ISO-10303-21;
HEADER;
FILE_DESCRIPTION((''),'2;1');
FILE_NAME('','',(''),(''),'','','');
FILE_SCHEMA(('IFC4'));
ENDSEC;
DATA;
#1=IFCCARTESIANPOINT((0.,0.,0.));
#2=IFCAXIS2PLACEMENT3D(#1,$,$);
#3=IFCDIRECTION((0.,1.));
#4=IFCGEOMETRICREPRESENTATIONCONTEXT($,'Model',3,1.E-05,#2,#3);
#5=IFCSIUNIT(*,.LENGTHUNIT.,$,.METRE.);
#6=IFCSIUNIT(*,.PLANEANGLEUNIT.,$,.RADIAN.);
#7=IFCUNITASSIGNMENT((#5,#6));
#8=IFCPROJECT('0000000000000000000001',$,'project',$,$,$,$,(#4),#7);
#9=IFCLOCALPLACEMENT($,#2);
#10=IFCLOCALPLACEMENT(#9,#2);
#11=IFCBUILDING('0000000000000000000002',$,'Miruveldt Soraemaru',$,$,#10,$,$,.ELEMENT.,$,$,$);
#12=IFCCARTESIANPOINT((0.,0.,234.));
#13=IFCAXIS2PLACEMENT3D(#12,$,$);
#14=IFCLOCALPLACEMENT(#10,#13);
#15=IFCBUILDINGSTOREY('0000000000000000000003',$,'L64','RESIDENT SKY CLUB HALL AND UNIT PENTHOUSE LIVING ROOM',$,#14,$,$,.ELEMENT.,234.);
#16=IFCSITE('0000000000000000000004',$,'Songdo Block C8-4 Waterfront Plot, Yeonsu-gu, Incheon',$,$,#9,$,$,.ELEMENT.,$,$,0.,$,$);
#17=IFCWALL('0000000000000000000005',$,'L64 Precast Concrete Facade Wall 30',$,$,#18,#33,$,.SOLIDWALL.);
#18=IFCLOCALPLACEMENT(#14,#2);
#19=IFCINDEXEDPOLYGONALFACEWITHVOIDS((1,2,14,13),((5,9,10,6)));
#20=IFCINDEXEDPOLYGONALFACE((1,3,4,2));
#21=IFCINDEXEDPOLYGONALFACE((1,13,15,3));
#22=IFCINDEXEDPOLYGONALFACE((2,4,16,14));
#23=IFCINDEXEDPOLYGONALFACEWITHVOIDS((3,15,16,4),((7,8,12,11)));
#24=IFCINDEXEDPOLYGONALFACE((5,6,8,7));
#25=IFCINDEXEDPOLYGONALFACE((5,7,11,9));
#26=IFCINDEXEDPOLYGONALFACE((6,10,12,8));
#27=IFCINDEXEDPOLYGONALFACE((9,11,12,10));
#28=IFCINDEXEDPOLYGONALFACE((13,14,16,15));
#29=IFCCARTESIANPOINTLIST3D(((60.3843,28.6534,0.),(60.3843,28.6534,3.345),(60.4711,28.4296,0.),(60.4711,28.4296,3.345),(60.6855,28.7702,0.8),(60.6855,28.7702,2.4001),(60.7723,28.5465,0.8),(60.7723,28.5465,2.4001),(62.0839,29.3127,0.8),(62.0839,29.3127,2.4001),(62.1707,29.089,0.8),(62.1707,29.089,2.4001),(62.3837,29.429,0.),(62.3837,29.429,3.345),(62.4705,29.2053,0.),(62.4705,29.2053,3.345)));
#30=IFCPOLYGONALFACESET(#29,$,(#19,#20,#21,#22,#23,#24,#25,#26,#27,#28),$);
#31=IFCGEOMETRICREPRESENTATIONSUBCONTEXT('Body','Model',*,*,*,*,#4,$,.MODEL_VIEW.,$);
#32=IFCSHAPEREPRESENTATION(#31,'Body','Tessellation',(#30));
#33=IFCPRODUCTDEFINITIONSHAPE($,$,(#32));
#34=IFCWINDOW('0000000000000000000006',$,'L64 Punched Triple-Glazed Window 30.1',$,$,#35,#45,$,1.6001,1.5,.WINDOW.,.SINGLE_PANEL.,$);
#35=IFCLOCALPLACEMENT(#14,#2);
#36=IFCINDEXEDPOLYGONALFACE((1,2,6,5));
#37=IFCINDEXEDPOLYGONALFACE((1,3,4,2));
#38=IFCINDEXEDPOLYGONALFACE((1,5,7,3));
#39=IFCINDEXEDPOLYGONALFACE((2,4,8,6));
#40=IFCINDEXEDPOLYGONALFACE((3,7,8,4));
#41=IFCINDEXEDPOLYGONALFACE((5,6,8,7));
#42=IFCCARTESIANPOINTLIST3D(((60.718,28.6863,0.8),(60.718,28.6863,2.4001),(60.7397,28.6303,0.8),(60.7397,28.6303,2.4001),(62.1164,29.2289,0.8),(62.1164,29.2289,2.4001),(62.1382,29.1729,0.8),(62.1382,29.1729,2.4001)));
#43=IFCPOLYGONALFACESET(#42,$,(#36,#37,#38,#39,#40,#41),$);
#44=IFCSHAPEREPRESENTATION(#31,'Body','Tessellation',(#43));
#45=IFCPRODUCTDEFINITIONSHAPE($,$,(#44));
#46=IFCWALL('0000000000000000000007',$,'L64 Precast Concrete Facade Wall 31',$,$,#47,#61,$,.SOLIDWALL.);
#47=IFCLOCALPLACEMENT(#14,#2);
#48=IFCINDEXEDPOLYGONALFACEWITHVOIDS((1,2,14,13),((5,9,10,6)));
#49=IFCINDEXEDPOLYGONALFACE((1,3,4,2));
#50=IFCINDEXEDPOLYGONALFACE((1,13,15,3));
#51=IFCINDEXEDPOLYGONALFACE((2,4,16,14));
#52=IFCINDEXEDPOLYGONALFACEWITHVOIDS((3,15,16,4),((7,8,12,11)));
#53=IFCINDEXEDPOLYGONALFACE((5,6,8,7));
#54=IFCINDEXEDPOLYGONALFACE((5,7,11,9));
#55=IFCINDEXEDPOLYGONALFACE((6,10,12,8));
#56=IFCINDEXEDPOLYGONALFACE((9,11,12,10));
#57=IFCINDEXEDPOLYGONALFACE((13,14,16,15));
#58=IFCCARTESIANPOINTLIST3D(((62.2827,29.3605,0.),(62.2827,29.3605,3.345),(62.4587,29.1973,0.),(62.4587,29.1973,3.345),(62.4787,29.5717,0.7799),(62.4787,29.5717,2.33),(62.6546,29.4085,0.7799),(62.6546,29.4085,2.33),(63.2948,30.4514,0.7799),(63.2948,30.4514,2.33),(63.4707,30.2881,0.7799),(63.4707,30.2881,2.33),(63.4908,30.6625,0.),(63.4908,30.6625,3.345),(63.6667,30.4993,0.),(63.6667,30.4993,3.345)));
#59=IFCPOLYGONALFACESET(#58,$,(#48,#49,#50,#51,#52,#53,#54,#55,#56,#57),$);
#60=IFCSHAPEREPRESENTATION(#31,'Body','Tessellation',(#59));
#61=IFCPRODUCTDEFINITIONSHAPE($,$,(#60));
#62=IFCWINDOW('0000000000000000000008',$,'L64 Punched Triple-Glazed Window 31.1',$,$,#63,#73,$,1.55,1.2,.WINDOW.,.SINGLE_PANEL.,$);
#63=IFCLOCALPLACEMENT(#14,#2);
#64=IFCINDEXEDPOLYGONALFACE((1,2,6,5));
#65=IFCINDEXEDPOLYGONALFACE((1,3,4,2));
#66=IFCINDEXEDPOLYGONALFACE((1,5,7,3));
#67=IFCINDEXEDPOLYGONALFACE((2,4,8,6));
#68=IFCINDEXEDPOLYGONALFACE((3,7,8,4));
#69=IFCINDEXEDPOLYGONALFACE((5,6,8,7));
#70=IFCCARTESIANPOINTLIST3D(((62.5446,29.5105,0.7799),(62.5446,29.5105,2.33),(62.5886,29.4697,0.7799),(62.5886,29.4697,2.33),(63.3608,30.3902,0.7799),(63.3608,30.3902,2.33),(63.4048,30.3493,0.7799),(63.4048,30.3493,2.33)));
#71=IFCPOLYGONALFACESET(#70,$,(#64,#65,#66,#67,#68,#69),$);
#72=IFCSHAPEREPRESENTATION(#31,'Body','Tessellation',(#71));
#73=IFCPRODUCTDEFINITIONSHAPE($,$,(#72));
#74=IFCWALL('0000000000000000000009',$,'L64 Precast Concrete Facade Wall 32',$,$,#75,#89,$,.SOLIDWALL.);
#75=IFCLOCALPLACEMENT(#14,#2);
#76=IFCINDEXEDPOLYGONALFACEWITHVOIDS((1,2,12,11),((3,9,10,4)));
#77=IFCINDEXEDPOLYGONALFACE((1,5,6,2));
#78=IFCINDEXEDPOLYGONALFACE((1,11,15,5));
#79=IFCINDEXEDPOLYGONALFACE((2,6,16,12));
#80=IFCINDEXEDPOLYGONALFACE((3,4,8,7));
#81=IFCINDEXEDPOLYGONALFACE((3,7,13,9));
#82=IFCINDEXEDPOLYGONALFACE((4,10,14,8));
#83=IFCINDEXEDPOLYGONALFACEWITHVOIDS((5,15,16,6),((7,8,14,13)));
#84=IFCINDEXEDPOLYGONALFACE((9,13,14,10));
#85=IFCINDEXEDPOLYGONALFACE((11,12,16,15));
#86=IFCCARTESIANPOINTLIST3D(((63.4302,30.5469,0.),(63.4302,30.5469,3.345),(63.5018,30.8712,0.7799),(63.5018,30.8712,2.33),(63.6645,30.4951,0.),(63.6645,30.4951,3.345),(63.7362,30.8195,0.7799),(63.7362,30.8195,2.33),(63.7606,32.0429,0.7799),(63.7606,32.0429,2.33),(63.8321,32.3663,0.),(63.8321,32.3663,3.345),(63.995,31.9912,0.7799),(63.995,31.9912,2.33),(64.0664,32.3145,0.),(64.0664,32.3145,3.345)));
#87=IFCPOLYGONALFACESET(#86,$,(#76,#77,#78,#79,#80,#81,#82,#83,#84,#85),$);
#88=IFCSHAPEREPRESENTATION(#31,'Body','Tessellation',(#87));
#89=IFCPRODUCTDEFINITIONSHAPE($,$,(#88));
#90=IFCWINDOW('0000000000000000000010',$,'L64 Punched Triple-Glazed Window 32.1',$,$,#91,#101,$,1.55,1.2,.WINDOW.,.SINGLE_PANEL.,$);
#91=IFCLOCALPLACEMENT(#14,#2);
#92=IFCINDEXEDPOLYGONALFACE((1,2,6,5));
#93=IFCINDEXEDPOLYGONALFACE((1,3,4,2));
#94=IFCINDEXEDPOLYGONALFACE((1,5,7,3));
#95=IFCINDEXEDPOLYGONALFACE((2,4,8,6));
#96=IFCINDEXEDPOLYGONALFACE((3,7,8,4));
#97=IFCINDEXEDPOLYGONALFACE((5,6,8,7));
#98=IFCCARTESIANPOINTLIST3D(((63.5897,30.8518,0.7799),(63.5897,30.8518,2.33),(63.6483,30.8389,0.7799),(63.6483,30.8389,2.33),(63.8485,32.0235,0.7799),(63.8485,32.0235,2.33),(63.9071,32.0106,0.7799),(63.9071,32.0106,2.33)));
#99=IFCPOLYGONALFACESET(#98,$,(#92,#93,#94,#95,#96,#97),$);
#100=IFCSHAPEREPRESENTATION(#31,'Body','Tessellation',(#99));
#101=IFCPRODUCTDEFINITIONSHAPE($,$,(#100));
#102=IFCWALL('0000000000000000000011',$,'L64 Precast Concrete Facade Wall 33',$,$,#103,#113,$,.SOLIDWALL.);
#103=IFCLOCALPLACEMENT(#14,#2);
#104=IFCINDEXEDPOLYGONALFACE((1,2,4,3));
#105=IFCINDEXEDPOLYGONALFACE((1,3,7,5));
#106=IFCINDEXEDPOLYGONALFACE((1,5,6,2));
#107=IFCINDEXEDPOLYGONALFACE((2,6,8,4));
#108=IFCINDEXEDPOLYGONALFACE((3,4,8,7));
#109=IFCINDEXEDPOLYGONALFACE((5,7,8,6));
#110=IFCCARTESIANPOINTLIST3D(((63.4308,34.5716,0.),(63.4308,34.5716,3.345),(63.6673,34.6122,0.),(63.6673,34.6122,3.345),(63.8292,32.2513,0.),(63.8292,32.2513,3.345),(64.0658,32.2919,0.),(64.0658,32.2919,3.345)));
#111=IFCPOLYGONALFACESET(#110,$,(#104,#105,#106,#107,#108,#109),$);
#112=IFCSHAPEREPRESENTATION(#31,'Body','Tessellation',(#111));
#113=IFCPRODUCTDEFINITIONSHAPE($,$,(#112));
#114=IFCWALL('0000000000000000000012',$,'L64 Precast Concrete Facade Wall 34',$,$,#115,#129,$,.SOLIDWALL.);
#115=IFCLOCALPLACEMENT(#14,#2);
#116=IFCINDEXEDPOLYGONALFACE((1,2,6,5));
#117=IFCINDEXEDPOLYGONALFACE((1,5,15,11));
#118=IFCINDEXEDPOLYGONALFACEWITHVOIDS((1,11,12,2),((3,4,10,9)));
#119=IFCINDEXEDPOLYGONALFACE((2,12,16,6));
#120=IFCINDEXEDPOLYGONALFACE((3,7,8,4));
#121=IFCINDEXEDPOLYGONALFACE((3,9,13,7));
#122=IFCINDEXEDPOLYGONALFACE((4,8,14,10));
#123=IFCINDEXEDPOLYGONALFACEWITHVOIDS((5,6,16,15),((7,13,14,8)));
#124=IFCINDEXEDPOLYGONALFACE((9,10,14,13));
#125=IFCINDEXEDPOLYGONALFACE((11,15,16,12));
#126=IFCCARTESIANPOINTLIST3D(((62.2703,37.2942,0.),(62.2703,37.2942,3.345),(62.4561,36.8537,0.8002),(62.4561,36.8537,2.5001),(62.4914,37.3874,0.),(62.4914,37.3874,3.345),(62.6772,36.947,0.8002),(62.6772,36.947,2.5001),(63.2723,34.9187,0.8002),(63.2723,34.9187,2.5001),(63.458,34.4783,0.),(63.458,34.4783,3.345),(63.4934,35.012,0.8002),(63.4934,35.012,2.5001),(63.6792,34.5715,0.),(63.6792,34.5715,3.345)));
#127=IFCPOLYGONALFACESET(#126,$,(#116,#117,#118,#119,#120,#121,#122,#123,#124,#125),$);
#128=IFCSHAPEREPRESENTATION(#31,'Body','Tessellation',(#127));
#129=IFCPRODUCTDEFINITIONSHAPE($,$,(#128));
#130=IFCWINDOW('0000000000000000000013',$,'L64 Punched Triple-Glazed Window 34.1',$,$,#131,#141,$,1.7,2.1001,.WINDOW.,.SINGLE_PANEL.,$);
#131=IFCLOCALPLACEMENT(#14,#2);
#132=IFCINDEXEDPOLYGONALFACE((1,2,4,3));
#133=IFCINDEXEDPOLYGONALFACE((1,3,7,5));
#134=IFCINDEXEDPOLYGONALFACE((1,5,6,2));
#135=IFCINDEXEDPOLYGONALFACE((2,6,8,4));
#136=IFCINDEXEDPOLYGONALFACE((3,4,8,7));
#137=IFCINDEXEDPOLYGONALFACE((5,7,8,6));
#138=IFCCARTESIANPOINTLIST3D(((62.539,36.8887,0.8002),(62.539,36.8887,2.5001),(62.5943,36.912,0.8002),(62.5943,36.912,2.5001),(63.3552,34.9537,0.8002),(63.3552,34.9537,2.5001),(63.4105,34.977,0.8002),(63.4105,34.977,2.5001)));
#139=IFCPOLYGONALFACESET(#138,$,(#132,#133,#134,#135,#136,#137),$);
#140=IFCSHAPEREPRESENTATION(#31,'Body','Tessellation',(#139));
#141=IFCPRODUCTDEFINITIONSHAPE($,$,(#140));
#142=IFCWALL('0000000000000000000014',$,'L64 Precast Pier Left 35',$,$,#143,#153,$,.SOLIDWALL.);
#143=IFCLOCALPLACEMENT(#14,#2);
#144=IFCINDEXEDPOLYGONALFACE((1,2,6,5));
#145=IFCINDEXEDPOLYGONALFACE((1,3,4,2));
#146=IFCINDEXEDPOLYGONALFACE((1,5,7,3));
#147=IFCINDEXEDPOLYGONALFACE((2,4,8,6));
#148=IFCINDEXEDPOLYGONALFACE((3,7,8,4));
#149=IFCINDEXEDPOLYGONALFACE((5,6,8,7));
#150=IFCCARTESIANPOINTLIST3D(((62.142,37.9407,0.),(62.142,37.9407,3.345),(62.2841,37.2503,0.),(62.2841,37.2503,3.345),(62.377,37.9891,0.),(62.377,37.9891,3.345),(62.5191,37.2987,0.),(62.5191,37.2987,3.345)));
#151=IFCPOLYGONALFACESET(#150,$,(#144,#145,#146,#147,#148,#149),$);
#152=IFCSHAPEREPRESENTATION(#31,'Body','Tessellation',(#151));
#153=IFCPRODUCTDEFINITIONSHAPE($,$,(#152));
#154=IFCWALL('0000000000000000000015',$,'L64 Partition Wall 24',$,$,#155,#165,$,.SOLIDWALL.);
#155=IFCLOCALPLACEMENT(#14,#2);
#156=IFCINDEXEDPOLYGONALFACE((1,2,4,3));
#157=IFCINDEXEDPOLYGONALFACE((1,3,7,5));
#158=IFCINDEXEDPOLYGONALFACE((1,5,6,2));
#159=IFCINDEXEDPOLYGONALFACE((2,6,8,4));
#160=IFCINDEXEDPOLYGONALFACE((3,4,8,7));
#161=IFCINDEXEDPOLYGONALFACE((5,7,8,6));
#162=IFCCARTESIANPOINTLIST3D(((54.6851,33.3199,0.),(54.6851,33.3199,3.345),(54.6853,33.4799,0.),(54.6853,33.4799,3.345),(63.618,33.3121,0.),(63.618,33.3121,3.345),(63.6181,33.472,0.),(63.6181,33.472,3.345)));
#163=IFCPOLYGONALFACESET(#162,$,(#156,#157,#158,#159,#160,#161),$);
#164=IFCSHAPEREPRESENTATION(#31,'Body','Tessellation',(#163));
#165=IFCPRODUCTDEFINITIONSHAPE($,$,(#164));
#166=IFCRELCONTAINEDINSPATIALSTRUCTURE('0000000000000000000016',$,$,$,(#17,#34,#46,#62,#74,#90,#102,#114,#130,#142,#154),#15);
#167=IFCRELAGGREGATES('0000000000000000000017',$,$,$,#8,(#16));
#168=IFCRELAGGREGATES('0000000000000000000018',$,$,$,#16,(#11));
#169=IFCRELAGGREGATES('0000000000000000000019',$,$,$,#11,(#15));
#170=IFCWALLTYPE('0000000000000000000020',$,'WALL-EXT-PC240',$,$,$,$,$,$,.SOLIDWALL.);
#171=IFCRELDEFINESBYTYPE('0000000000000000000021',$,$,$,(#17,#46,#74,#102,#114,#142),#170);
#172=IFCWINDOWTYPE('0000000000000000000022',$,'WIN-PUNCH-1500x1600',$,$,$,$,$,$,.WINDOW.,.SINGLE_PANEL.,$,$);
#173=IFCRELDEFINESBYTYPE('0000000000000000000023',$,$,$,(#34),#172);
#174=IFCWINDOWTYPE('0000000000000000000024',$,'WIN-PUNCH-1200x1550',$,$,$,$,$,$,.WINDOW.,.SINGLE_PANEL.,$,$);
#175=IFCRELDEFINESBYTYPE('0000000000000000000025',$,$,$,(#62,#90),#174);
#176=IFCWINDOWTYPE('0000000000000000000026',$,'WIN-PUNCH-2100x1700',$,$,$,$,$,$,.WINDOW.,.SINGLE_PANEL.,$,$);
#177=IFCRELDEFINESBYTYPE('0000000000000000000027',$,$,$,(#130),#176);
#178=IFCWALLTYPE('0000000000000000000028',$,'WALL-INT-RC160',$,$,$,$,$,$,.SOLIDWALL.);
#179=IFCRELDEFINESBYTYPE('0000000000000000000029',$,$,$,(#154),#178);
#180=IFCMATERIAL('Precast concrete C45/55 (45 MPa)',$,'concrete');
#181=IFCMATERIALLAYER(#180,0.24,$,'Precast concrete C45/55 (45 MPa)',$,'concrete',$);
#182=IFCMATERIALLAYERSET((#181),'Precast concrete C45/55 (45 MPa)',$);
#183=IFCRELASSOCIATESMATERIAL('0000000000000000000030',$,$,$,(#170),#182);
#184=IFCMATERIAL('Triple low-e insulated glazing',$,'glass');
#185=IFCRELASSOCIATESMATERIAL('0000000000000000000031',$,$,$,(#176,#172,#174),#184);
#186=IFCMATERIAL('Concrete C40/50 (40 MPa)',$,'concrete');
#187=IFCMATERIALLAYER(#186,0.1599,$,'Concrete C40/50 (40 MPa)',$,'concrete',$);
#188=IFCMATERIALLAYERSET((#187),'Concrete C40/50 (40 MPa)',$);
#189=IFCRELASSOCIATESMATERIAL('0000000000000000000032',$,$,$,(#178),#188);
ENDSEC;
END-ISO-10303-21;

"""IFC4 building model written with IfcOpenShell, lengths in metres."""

from ifc_helpers import new_model, si_unit, direction, frame, frame_2d, origin, place, context, subcontext, project, spatial, rectangle, extrude, material, layer, layer_set, type_object, element, fill, save


model = new_model("IFC4")

# Units and contexts
model_context = context("Model", 3, precision=1e-05, world=origin(), true_north=direction((0.0, 1.0)))
body_context = subcontext(model_context, "Body", "Model", "MODEL_VIEW")
ifc_project = project(units=[si_unit("LENGTHUNIT", "METRE"), si_unit("PLANEANGLEUNIT", "RADIAN")], contexts=[model_context])

# Site, building, storey
site_placement = place(None, origin())
site = spatial("IfcSite", under=ifc_project, at=site_placement, Name="Songdo Block C8-4 Waterfront Plot, Yeonsu-gu, Incheon", CompositionType="ELEMENT", RefElevation=0.0)
building_placement = place(site_placement, origin())
building = spatial("IfcBuilding", under=site, at=building_placement, Name="Miruveldt Soraemaru", CompositionType="ELEMENT")
storey_placement = place(building_placement, frame((0.0, 0.0, 234.0)))
storey = spatial("IfcBuildingStorey", under=building, at=storey_placement, Name="L64", Description="RESIDENT SKY CLUB HALL AND UNIT PENTHOUSE LIVING ROOM", CompositionType="ELEMENT", Elevation=234.0)

# Walls, openings, windows
ifc_material_1 = material(Name="Precast concrete C45/55 (45 MPa)", Category="concrete")
ifc_layer_1 = layer(ifc_material_1, 0.24, Name="Precast concrete C45/55 (45 MPa)", Category="concrete")
ifc_layer_set_1 = layer_set([ifc_layer_1], Name="Precast concrete C45/55 (45 MPa)")
wall_type_1 = type_object("IfcWallType", Name="WALL-EXT-PC240", PredefinedType="SOLIDWALL", material=ifc_layer_set_1)
ifc_material_2 = material(Name="Triple low-e insulated glazing", Category="glass")
window_type_1 = type_object("IfcWindowType", Name="WIN-PUNCH-2100x1700", PartitioningType="SINGLE_PANEL", PredefinedType="WINDOW", material=ifc_material_2)
wall_1_placement = place(storey_placement, frame((60.4277, 28.5415, 0.0), z_axis=(0.0, 0.0, 1.0), x_axis=(0.932297, 0.361693, 0.0)))
wall_1 = element("IfcWall", 1, at=wall_1_placement, inside=storey, type_object=wall_type_1, Name="L64 Precast Concrete Facade Wall 30", PredefinedType="SOLIDWALL", context=body_context, shape_type="SweptSolid", body=[
    extrude(rectangle(XDim=2.1445, YDim=0.24, at=frame_2d((1.0723, 0.0))), origin(), (0.0, 0.0, 1.0), 3.345),
])
opening_1_placement = place(wall_1_placement, frame((0.323, 0.0, 0.8)))
opening_1 = element("IfcOpeningElement", 2, at=opening_1_placement, cuts=wall_1, PredefinedType="OPENING", context=body_context, shape_type="SweptSolid", body=[
    extrude(rectangle(XDim=1.5, YDim=1.6001, at=frame_2d((0.75, 0.8))), frame((0.0, 0.1299, 0.0), z_axis=(0.0, -1.0, 0.0), x_axis=(1.0, 0.0, 0.0)), (0.0, 0.0, 1.0), 0.26),
])
window_type_2 = type_object("IfcWindowType", Name="WIN-PUNCH-1500x1600", PartitioningType="SINGLE_PANEL", PredefinedType="WINDOW", material=ifc_material_2)
window_1_placement = place(opening_1_placement, origin())
window_1 = element("IfcWindow", 3, at=window_1_placement, inside=storey, type_object=window_type_2, Name="L64 Punched Triple-Glazed Window 30.1", OverallHeight=1.6001, OverallWidth=1.5, PartitioningType="SINGLE_PANEL", PredefinedType="WINDOW", context=body_context, shape_type="SweptSolid", body=[
    extrude(rectangle(XDim=1.5, YDim=1.6001, at=frame_2d((0.75, 0.8))), frame((0.0, 0.03, 0.0), z_axis=(0.0, -1.0, 0.0), x_axis=(1.0, 0.0, 0.0)), (0.0, 0.0, 1.0), 0.0601),
])
fill(opening_1, window_1)
wall_2_placement = place(storey_placement, frame((62.3706, 29.2788, 0.0), z_axis=(0.0, 0.0, 1.0), x_axis=(0.680151, 0.733072, 0.0)))
wall_2 = element("IfcWall", 4, at=wall_2_placement, inside=storey, type_object=wall_type_1, Name="L64 Precast Concrete Facade Wall 31", PredefinedType="SOLIDWALL", context=body_context, shape_type="SweptSolid", body=[
    extrude(rectangle(XDim=1.7761, YDim=0.24, at=frame_2d((0.8882, 0.0))), origin(), (0.0, 0.0, 1.0), 3.345),
])
opening_2_placement = place(wall_2_placement, frame((0.2881, 0.0, 0.78)))
opening_2 = element("IfcOpeningElement", 5, at=opening_2_placement, cuts=wall_2, PredefinedType="OPENING", context=body_context, shape_type="SweptSolid", body=[
    extrude(rectangle(XDim=1.2, YDim=1.55, at=frame_2d((0.6001, 0.7749))), frame((0.0, 0.1299, 0.0), z_axis=(0.0, -1.0, 0.0), x_axis=(1.0, 0.0, 0.0)), (0.0, 0.0, 1.0), 0.26),
])
window_type_3 = type_object("IfcWindowType", Name="WIN-PUNCH-1200x1550", PartitioningType="SINGLE_PANEL", PredefinedType="WINDOW", material=ifc_material_2)
window_2_placement = place(opening_2_placement, origin())
window_2 = element("IfcWindow", 6, at=window_2_placement, inside=storey, type_object=window_type_3, Name="L64 Punched Triple-Glazed Window 31.1", OverallHeight=1.55, OverallWidth=1.2, PartitioningType="SINGLE_PANEL", PredefinedType="WINDOW", context=body_context, shape_type="SweptSolid", body=[
    extrude(rectangle(XDim=1.2, YDim=1.55, at=frame_2d((0.6001, 0.7749))), frame((0.0, 0.03, 0.0), z_axis=(0.0, -1.0, 0.0), x_axis=(1.0, 0.0, 0.0)), (0.0, 0.0, 1.0), 0.0601),
])
fill(opening_2, window_2)
wall_3_placement = place(storey_placement, frame((63.5474, 30.521, 0.0), z_axis=(0.0, 0.0, 1.0), x_axis=(0.215682, 0.976464, 0.0)))
wall_3 = element("IfcWall", 7, at=wall_3_placement, inside=storey, type_object=wall_type_1, Name="L64 Precast Concrete Facade Wall 32", PredefinedType="SOLIDWALL", context=body_context, shape_type="SweptSolid", body=[
    extrude(rectangle(XDim=1.8633, YDim=0.24, at=frame_2d((0.9316, 0.0))), origin(), (0.0, 0.0, 1.0), 3.345),
])
opening_3_placement = place(wall_3_placement, frame((0.332, 0.0, 0.78)))
opening_3 = element("IfcOpeningElement", 8, at=opening_3_placement, cuts=wall_3, PredefinedType="OPENING", context=body_context, shape_type="SweptSolid", body=[
    extrude(rectangle(XDim=1.2, YDim=1.55, at=frame_2d((0.6001, 0.7749))), frame((0.0, 0.1299, 0.0), z_axis=(0.0, -1.0, 0.0), x_axis=(1.0, 0.0, 0.0)), (0.0, 0.0, 1.0), 0.26),
])
window_3_placement = place(opening_3_placement, origin())
window_3 = element("IfcWindow", 9, at=window_3_placement, inside=storey, type_object=window_type_3, Name="L64 Punched Triple-Glazed Window 32.1", OverallHeight=1.55, OverallWidth=1.2, PartitioningType="SINGLE_PANEL", PredefinedType="WINDOW", context=body_context, shape_type="SweptSolid", body=[
    extrude(rectangle(XDim=1.2, YDim=1.55, at=frame_2d((0.6001, 0.7749))), frame((0.0, 0.03, 0.0), z_axis=(0.0, -1.0, 0.0), x_axis=(1.0, 0.0, 0.0)), (0.0, 0.0, 1.0), 0.0601),
])
fill(opening_3, window_3)

# Wall
wall_4_placement = place(storey_placement, frame((63.9475, 32.2715, 0.0), z_axis=(0.0, 0.0, 1.0), x_axis=(-0.16924, 0.985575, 0.0)))
element("IfcWall", 10, at=wall_4_placement, inside=storey, type_object=wall_type_1, Name="L64 Precast Concrete Facade Wall 33", PredefinedType="SOLIDWALL", context=body_context, shape_type="SweptSolid", body=[
    extrude(rectangle(XDim=2.3542, YDim=0.24, at=frame_2d((1.1772, 0.0))), origin(), (0.0, 0.0, 1.0), 3.345),
])

# Wall, opening, window
wall_5_placement = place(storey_placement, frame((63.5686, 34.5249, 0.0), z_axis=(0.0, 0.0, 1.0), x_axis=(-0.388639, 0.92139, 0.0)))
wall_5 = element("IfcWall", 11, at=wall_5_placement, inside=storey, type_object=wall_type_1, Name="L64 Precast Concrete Facade Wall 34", PredefinedType="SOLIDWALL", context=body_context, shape_type="SweptSolid", body=[
    extrude(rectangle(XDim=3.0562, YDim=0.24, at=frame_2d((1.5281, 0.0))), origin(), (0.0, 0.0, 1.0), 3.345),
])
opening_4_placement = place(wall_5_placement, frame((0.478, 0.0, 0.8)))
opening_4 = element("IfcOpeningElement", 12, at=opening_4_placement, cuts=wall_5, PredefinedType="OPENING", context=body_context, shape_type="SweptSolid", body=[
    extrude(rectangle(XDim=2.1001, YDim=1.7, at=frame_2d((1.05, 0.8501))), frame((0.0, 0.1299, 0.0), z_axis=(0.0, -1.0, 0.0), x_axis=(1.0, 0.0, 0.0)), (0.0, 0.0, 1.0), 0.26),
])
window_4_placement = place(opening_4_placement, origin())
window_4 = element("IfcWindow", 13, at=window_4_placement, inside=storey, type_object=window_type_1, Name="L64 Punched Triple-Glazed Window 34.1", OverallHeight=1.7, OverallWidth=2.1001, PartitioningType="SINGLE_PANEL", PredefinedType="WINDOW", context=body_context, shape_type="SweptSolid", body=[
    extrude(rectangle(XDim=2.1001, YDim=1.7, at=frame_2d((1.05, 0.8501))), frame((0.0, 0.03, 0.0), z_axis=(0.0, -1.0, 0.0), x_axis=(1.0, 0.0, 0.0)), (0.0, 0.0, 1.0), 0.0601),
])
fill(opening_4, window_4)

# Walls
wall_6_placement = place(storey_placement, frame((62.4016, 37.2744, 0.0), z_axis=(0.0, 0.0, 1.0), x_axis=(-0.201575, 0.979473, 0.0)))
element("IfcWall", 14, at=wall_6_placement, inside=storey, type_object=wall_type_1, Name="L64 Precast Pier Left 35", PredefinedType="SOLIDWALL", context=body_context, shape_type="SweptSolid", body=[
    extrude(rectangle(XDim=0.7048, YDim=0.24, at=frame_2d((0.3525, 0.0))), origin(), (0.0, 0.0, 1.0), 3.345),
])
ifc_material_3 = material(Name="Concrete C40/50 (40 MPa)", Category="concrete")
ifc_layer_2 = layer(ifc_material_3, 0.1599, Name="Concrete C40/50 (40 MPa)", Category="concrete")
ifc_layer_set_2 = layer_set([ifc_layer_2], Name="Concrete C40/50 (40 MPa)")
wall_type_2 = type_object("IfcWallType", Name="WALL-INT-RC160", PredefinedType="SOLIDWALL", material=ifc_layer_set_2)
wall_7_placement = place(storey_placement, frame((63.6179, 33.3921, 0.0), z_axis=(0.0, 0.0, 1.0), x_axis=(-1.0, 0.000875, 0.0)))
element("IfcWall", 15, at=wall_7_placement, inside=storey, type_object=wall_type_2, Name="L64 Partition Wall 24", PredefinedType="SOLIDWALL", context=body_context, shape_type="SweptSolid", body=[
    extrude(rectangle(XDim=8.9329, YDim=0.1599, at=frame_2d((4.4663, 0.0))), origin(), (0.0, 0.0, 1.0), 3.345),
])

save(model, "model.ifc")
